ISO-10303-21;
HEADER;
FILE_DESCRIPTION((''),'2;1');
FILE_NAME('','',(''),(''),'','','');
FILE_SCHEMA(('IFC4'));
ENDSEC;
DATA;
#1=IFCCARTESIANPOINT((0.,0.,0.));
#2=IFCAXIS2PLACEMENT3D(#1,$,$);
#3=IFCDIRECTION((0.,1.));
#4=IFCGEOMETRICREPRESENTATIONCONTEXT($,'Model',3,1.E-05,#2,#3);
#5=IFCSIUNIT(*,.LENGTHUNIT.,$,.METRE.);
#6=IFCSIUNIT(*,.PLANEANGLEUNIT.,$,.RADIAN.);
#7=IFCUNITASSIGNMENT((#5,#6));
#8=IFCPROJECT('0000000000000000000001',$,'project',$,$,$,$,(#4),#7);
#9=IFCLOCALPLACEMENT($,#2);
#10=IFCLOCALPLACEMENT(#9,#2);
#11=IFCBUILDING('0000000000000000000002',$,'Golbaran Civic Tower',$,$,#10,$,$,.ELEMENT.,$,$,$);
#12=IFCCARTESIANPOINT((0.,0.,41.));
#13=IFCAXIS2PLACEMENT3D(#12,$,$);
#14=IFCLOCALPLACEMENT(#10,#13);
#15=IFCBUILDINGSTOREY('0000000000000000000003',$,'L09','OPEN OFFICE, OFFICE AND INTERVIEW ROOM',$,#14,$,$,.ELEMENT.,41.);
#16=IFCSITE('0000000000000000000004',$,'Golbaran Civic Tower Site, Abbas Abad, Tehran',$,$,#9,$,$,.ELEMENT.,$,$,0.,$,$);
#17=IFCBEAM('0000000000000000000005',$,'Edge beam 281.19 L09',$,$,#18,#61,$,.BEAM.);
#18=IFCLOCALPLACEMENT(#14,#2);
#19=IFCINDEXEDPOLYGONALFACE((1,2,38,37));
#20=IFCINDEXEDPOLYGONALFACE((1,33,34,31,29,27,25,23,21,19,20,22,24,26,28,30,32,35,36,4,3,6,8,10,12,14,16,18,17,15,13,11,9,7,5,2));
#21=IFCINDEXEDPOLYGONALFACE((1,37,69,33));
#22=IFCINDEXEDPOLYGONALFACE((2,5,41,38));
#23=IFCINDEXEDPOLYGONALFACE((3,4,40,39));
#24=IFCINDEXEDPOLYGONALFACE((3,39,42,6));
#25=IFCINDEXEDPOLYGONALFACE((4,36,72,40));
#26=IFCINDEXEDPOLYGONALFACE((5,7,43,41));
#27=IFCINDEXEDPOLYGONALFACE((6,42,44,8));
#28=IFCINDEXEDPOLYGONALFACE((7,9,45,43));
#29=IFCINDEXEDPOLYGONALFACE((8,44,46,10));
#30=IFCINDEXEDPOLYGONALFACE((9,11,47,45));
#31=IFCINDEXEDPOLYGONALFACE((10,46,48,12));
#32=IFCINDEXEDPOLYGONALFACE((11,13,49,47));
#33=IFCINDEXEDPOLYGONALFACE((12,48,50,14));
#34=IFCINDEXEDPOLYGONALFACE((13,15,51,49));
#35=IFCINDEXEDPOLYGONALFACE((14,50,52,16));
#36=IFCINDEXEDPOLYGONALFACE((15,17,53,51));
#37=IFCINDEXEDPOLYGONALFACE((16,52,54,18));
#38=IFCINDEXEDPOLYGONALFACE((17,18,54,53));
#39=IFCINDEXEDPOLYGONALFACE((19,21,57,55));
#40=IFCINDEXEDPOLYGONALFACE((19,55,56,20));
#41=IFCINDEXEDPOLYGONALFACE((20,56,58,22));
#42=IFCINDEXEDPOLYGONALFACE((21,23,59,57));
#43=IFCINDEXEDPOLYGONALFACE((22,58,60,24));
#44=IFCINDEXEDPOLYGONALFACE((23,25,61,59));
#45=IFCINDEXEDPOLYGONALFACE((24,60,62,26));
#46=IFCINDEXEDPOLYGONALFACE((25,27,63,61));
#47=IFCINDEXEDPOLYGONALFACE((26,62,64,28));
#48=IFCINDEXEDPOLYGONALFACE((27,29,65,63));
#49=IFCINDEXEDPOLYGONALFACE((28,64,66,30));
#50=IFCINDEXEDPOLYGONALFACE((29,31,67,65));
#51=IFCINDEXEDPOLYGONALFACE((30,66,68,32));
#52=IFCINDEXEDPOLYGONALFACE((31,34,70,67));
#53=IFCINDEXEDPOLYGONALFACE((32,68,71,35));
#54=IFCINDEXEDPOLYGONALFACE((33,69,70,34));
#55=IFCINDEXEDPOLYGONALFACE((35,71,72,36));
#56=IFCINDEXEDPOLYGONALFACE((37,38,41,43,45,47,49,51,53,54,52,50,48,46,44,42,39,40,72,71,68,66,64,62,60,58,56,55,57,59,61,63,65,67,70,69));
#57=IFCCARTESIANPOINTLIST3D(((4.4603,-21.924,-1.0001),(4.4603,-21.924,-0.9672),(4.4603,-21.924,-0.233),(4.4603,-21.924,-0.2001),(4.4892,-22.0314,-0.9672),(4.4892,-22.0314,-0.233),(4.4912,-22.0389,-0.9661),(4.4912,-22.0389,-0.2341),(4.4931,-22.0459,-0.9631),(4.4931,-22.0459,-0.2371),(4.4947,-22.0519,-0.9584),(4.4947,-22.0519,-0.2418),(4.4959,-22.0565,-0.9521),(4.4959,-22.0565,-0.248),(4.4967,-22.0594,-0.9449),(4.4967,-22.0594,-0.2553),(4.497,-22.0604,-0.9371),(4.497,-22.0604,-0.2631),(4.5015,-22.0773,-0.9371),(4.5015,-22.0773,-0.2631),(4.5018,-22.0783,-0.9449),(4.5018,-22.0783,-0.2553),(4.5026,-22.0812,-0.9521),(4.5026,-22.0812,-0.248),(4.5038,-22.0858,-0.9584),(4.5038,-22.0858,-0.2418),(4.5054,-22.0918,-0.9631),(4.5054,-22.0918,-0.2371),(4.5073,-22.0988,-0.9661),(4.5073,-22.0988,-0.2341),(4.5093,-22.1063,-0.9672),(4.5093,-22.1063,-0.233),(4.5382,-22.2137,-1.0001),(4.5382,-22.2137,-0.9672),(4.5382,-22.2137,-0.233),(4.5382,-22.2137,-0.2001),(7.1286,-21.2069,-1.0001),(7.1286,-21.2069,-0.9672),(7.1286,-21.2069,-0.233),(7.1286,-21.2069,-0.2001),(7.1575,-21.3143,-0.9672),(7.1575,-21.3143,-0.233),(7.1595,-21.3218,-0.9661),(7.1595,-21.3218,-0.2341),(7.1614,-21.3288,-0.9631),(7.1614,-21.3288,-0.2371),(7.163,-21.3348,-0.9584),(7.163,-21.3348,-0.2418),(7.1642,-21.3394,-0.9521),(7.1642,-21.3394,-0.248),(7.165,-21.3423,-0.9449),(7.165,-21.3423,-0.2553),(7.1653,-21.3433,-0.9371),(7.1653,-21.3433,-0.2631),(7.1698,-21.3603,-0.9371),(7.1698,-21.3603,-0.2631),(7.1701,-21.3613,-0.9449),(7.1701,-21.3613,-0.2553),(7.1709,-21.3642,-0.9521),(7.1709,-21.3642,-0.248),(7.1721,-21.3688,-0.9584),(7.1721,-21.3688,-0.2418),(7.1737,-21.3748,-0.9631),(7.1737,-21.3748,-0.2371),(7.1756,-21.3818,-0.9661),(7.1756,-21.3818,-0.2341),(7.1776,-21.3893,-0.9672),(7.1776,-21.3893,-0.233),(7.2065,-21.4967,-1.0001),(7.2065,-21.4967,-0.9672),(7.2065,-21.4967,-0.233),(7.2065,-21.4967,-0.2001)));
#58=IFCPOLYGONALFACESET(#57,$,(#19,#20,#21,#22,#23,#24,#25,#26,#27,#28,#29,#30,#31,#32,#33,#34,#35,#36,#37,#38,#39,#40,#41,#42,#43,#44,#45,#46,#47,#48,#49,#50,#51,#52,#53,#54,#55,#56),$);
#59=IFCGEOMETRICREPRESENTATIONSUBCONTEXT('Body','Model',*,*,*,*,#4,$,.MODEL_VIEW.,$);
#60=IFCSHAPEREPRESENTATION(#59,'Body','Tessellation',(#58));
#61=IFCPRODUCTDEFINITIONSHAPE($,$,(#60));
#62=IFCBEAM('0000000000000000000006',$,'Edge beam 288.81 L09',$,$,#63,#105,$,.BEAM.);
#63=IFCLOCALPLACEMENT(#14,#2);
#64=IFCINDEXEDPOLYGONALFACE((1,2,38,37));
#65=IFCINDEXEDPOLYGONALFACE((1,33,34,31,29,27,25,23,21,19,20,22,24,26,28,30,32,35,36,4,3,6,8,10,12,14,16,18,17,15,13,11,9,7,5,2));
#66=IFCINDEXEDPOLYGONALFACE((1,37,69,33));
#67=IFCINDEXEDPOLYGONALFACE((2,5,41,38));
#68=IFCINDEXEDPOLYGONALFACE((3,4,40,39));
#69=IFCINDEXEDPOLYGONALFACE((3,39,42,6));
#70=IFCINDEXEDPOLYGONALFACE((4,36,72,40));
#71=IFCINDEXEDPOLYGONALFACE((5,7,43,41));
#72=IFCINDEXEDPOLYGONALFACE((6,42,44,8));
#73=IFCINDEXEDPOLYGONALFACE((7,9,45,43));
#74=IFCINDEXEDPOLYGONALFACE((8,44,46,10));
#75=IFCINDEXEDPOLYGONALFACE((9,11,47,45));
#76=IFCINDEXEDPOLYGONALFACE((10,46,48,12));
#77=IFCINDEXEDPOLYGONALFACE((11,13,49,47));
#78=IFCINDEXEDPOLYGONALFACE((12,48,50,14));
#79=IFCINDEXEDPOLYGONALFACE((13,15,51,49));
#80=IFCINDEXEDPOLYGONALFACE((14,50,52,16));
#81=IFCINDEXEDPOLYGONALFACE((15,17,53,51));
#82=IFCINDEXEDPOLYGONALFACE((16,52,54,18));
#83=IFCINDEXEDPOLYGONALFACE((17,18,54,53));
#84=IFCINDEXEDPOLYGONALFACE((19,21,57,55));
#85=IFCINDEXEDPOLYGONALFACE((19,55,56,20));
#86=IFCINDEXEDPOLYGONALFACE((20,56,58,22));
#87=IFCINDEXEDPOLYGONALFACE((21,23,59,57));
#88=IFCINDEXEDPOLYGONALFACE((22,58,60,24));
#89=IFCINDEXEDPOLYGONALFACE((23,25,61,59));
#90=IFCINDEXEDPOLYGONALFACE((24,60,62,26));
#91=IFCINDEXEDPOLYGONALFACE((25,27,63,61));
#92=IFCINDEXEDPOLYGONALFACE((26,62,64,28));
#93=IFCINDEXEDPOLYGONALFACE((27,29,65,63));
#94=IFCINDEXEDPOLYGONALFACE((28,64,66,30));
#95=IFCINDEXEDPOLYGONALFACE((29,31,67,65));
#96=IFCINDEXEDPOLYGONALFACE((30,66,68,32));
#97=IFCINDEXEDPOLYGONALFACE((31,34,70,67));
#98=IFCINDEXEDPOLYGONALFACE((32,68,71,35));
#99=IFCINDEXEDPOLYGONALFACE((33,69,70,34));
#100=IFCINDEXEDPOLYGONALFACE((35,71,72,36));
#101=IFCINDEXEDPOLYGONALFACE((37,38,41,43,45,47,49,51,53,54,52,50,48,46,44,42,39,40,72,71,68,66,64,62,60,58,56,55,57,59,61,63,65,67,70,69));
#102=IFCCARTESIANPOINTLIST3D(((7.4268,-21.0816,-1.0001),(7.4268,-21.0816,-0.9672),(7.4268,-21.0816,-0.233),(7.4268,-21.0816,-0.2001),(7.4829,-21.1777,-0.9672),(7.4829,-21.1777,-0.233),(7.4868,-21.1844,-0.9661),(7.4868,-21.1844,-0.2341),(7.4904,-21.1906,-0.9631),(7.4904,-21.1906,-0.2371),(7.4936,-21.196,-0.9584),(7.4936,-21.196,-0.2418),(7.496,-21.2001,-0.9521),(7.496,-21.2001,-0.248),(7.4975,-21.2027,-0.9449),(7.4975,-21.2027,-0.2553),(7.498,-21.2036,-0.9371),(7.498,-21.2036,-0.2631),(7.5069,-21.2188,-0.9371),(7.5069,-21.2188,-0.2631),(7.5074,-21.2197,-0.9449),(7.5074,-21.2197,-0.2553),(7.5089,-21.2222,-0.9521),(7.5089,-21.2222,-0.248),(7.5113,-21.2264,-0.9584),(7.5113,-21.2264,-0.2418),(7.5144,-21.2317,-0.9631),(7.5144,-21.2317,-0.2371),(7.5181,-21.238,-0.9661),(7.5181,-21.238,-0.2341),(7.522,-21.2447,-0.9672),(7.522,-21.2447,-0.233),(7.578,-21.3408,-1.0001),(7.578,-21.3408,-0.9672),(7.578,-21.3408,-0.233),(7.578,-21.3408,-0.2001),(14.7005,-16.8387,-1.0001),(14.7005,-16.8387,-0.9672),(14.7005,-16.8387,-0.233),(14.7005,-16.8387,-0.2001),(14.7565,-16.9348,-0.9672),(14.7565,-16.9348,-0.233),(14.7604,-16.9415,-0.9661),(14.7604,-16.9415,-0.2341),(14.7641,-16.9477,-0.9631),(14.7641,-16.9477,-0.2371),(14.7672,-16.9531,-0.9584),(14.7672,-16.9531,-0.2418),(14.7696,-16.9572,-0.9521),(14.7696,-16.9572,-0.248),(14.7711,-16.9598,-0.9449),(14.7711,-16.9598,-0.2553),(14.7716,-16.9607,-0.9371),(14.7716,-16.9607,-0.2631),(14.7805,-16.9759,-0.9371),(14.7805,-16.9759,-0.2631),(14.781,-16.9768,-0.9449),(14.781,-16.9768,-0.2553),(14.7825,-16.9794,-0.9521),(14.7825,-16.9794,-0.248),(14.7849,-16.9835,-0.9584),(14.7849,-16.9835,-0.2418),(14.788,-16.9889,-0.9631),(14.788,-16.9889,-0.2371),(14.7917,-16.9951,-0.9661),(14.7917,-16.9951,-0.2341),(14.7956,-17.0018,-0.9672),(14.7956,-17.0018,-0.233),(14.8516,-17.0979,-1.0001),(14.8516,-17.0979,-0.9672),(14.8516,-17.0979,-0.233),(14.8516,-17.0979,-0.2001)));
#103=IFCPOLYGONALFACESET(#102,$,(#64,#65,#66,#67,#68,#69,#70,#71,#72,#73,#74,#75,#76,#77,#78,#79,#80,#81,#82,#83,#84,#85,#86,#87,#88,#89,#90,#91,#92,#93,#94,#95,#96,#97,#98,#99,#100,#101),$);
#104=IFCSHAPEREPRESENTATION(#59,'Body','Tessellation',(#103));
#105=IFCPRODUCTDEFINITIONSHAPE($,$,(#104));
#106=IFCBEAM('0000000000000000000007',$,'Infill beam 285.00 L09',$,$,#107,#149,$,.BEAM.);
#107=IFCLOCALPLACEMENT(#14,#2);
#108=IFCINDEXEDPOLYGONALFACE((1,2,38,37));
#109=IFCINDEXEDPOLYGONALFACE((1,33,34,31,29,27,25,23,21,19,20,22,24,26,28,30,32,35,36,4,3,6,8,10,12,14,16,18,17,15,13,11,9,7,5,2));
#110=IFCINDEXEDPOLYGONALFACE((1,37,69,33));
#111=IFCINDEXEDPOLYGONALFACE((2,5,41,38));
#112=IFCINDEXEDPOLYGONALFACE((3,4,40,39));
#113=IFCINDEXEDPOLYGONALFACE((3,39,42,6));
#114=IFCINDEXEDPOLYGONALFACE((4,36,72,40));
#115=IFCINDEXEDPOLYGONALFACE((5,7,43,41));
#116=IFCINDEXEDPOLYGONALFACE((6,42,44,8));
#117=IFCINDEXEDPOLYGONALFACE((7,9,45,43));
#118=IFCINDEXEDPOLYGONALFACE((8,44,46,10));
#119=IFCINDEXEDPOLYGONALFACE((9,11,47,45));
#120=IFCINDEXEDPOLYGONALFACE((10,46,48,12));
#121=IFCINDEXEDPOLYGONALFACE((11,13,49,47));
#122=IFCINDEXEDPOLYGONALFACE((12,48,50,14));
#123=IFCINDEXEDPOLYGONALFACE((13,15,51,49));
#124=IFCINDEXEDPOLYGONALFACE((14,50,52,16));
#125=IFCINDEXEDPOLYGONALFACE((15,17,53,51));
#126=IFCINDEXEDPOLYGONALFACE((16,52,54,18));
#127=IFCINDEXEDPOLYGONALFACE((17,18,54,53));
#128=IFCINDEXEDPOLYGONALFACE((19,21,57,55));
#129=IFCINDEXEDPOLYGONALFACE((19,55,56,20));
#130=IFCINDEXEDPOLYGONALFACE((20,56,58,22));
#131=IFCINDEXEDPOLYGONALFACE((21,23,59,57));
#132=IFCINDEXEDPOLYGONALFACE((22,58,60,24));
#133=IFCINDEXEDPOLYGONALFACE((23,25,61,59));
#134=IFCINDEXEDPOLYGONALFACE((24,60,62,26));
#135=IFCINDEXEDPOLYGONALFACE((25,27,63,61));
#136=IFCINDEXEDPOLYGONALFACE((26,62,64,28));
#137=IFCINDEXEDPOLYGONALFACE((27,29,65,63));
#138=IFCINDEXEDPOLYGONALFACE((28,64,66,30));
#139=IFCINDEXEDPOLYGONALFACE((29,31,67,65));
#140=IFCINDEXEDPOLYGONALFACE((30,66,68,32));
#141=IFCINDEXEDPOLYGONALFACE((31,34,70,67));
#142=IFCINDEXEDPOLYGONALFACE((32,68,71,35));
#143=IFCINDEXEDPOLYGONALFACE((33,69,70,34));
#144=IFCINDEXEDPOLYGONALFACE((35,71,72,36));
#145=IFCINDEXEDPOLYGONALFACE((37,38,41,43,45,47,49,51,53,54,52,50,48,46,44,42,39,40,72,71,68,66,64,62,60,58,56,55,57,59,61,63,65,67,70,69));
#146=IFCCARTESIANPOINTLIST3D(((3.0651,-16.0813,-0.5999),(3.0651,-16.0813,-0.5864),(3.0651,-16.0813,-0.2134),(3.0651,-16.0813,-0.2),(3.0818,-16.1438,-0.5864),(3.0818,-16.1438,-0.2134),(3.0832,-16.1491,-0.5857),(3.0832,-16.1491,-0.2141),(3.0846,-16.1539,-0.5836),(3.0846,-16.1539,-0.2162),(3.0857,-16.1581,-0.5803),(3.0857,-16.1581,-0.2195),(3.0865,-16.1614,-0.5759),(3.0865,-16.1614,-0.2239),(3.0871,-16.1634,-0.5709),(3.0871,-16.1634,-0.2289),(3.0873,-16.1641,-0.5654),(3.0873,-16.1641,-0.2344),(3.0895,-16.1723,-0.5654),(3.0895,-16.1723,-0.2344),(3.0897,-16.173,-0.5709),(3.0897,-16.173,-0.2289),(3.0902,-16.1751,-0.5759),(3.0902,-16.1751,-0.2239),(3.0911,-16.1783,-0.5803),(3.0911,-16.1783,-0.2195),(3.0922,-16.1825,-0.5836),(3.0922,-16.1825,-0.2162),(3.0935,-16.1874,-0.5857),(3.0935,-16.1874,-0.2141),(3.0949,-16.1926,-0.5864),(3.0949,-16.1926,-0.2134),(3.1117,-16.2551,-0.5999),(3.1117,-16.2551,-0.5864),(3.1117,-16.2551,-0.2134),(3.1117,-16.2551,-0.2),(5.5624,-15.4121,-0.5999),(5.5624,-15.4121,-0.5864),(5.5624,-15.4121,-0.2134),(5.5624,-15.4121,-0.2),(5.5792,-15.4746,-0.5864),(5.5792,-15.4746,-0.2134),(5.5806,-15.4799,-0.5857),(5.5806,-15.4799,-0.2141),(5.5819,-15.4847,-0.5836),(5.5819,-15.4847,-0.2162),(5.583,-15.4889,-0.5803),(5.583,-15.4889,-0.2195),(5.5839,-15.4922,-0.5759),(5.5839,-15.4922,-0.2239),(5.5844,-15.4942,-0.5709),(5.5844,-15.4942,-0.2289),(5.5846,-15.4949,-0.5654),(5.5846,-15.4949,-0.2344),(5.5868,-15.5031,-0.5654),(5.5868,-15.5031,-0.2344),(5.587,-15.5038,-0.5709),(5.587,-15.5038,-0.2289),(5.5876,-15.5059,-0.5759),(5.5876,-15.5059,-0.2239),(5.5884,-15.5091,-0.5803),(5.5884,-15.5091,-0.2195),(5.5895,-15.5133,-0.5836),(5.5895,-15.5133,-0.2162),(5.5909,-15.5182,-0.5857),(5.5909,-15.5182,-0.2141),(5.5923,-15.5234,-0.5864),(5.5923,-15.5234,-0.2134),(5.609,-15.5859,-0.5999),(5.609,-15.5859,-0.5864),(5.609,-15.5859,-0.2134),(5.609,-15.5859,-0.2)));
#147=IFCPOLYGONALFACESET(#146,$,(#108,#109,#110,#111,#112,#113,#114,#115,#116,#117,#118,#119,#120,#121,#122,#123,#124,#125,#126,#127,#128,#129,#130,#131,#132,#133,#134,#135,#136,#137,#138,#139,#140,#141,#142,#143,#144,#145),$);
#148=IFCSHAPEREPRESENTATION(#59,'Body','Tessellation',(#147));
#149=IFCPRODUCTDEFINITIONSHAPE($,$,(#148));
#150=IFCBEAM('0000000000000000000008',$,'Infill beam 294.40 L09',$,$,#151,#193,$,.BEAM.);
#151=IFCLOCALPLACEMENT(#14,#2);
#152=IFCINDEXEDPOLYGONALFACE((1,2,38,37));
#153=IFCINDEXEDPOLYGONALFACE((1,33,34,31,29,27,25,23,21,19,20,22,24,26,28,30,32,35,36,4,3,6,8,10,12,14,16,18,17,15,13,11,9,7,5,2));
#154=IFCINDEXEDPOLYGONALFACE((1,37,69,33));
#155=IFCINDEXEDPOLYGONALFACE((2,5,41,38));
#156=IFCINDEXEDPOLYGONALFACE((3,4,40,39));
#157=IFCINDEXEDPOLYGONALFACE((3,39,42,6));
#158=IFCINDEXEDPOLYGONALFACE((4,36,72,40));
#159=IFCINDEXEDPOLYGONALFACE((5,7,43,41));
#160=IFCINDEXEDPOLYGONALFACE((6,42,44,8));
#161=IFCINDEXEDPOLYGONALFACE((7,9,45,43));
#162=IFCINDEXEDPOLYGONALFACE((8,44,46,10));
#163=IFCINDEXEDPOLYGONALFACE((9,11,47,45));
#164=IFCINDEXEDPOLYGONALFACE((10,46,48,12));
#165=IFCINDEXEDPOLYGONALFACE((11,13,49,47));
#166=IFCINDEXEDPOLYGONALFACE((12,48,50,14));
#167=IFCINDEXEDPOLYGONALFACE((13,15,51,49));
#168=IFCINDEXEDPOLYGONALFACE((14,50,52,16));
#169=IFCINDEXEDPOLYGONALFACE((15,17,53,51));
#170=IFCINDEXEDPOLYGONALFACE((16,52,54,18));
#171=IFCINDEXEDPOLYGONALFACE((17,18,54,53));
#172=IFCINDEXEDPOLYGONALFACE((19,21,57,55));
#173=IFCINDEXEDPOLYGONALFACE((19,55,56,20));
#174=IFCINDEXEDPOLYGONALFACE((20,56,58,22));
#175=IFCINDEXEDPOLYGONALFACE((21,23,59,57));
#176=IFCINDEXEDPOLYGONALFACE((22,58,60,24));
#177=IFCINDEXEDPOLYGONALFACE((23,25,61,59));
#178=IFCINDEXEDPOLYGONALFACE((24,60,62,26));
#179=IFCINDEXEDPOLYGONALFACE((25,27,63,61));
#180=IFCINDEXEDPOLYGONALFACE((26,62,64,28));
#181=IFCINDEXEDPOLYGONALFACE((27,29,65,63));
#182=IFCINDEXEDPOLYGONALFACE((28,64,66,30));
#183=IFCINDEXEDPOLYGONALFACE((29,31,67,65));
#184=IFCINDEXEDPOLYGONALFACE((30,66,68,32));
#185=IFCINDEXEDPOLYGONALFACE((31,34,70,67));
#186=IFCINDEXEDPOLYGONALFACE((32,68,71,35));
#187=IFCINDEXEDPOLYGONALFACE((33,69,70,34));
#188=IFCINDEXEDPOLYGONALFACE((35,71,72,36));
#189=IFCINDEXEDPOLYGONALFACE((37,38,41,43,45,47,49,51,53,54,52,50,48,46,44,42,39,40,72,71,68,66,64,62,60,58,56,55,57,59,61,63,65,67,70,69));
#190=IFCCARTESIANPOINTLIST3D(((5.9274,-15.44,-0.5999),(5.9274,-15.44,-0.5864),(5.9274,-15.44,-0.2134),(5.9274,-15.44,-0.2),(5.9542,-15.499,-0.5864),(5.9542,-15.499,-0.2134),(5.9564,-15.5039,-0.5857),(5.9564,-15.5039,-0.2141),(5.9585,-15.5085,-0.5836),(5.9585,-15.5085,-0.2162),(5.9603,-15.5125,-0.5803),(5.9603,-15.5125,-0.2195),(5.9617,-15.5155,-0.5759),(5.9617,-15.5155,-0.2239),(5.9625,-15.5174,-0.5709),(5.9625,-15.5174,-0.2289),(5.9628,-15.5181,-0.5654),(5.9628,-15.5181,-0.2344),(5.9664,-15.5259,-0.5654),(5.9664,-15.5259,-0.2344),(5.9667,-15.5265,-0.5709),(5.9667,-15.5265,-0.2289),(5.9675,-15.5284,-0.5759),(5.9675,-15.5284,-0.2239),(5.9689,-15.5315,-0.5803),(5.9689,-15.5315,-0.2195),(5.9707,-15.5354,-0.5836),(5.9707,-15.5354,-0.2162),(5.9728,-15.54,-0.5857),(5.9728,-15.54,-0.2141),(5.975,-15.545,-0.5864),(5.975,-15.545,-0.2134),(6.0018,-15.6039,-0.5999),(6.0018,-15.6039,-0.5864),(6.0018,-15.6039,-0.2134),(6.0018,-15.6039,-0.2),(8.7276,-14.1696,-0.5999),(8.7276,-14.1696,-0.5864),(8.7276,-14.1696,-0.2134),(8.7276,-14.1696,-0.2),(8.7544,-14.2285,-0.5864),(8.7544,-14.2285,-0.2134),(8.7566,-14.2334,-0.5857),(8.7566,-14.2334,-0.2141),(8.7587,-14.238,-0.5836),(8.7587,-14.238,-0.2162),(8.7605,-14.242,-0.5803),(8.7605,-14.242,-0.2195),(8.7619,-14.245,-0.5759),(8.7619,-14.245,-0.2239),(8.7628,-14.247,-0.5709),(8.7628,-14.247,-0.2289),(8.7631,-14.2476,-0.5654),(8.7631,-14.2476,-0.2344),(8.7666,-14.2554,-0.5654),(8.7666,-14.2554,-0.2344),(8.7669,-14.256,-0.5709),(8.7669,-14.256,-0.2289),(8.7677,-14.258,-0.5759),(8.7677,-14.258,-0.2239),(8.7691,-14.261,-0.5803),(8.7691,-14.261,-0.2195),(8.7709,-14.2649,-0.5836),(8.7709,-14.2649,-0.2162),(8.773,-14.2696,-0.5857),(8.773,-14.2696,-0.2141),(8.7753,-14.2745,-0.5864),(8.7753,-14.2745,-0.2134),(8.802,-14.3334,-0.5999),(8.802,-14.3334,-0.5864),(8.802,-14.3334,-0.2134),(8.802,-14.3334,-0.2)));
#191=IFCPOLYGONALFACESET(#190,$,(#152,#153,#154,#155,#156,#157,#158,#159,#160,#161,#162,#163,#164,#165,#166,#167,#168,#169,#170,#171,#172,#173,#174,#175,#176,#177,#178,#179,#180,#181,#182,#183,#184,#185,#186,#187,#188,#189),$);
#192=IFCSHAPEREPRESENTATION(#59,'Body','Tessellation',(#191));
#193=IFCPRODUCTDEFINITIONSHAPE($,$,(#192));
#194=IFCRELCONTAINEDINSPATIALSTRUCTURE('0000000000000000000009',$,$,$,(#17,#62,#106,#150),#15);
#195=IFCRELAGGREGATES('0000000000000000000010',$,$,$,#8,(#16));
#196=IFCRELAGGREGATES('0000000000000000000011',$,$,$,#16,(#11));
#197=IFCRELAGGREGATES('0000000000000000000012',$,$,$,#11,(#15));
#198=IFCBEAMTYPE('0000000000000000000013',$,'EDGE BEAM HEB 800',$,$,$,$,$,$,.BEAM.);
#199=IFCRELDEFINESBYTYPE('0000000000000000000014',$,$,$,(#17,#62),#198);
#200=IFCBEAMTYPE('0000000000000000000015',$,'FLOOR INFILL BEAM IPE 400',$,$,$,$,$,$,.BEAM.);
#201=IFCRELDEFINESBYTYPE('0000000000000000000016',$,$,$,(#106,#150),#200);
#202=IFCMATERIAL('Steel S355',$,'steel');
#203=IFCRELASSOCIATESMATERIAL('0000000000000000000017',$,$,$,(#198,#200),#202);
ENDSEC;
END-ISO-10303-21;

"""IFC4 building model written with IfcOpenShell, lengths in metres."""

from ifc_helpers import new_model, si_unit, direction, frame, origin, origin_2d, place, context, subcontext, project, spatial, i_section, extrude, material, material_profile, profile_set, type_object, element, save


model = new_model("IFC4")

# Units and contexts
model_context = context("Model", 3, precision=1e-05, world=origin(), true_north=direction((0.0, 1.0)))
body_context = subcontext(model_context, "Body", "Model", "MODEL_VIEW")
ifc_project = project(units=[si_unit("LENGTHUNIT", "METRE"), si_unit("PLANEANGLEUNIT", "RADIAN")], contexts=[model_context])

# Site, building, storey
site_placement = place(None, origin())
site = spatial("IfcSite", under=ifc_project, at=site_placement, Name="Golbaran Civic Tower Site, Abbas Abad, Tehran", CompositionType="ELEMENT", RefElevation=0.0)
building_placement = place(site_placement, origin())
building = spatial("IfcBuilding", under=site, at=building_placement, Name="Golbaran Civic Tower", CompositionType="ELEMENT")
storey_placement = place(building_placement, frame((0.0, 0.0, 41.0)))
storey = spatial("IfcBuildingStorey", under=building, at=storey_placement, Name="L09", Description="OPEN OFFICE, OFFICE AND INTERVIEW ROOM", CompositionType="ELEMENT", Elevation=41.0)

# Beams
ifc_material_1 = material(Name="Steel S355", Category="steel")
ifc_material_profile_1 = material_profile(ifc_material_1, i_section(OverallWidth=0.3, OverallDepth=0.8, WebThickness=0.0176, FlangeThickness=0.033, FilletRadius=0.03, at=origin_2d()), Name="HEB 800")
ifc_profile_set_1 = profile_set([ifc_material_profile_1], Name="Steel S355")
beam_type_1 = type_object("IfcBeamType", Name="EDGE BEAM HEB 800", PredefinedType="BEAM", material=ifc_profile_set_1)
beam_1_placement = place(storey_placement, frame((4.4993, -22.0688, -0.6001), z_axis=(0.965736, 0.259527, 0.0), x_axis=(-0.259527, 0.965736, 0.0)))
element("IfcBeam", 1, at=beam_1_placement, inside=storey, type_object=beam_type_1, Name="Edge beam 281.19 L09", PredefinedType="BEAM", context=body_context, shape_type="SweptSolid", body=[
    extrude(i_section(OverallWidth=0.3, OverallDepth=0.8, WebThickness=0.0176, FlangeThickness=0.033, FilletRadius=0.03, at=origin_2d()), origin(), (0.0, 0.0, 1.0), 2.7629),
])
beam_2_placement = place(storey_placement, frame((7.5024, -21.2112, -0.6001), z_axis=(0.863782, 0.503866, 0.0), x_axis=(-0.503866, 0.863782, 0.0)))
element("IfcBeam", 2, at=beam_2_placement, inside=storey, type_object=beam_type_1, Name="Edge beam 288.81 L09", PredefinedType="BEAM", context=body_context, shape_type="SweptSolid", body=[
    extrude(i_section(OverallWidth=0.3, OverallDepth=0.8, WebThickness=0.0176, FlangeThickness=0.033, FilletRadius=0.03, at=origin_2d()), origin(), (0.0, 0.0, 1.0), 8.4207),
])
ifc_material_profile_2 = material_profile(ifc_material_1, i_section(OverallWidth=0.1799, OverallDepth=0.3999, WebThickness=0.0085, FlangeThickness=0.0134, FilletRadius=0.021, at=origin_2d()), Name="IPE 400")
ifc_profile_set_2 = profile_set([ifc_material_profile_2], Name="Steel S355")
beam_type_2 = type_object("IfcBeamType", Name="FLOOR INFILL BEAM IPE 400", PredefinedType="BEAM", material=ifc_profile_set_2)
beam_3_placement = place(storey_placement, frame((3.0884, -16.1682, -0.3999), z_axis=(0.965922, 0.258832, 0.0), x_axis=(-0.258832, 0.965922, 0.0)))
element("IfcBeam", 3, at=beam_3_placement, inside=storey, type_object=beam_type_2, Name="Infill beam 285.00 L09", PredefinedType="BEAM", context=body_context, shape_type="SweptSolid", body=[
    extrude(i_section(OverallWidth=0.1799, OverallDepth=0.3999, WebThickness=0.0085, FlangeThickness=0.0134, FilletRadius=0.021, at=origin_2d()), origin(), (0.0, 0.0, 1.0), 2.5854),
])
beam_4_placement = place(storey_placement, frame((5.9646, -15.522, -0.3999), z_axis=(0.910654, 0.413169, 0.0), x_axis=(-0.413169, 0.910654, 0.0)))
element("IfcBeam", 4, at=beam_4_placement, inside=storey, type_object=beam_type_2, Name="Infill beam 294.40 L09", PredefinedType="BEAM", context=body_context, shape_type="SweptSolid", body=[
    extrude(i_section(OverallWidth=0.1799, OverallDepth=0.3999, WebThickness=0.0085, FlangeThickness=0.0134, FilletRadius=0.021, at=origin_2d()), origin(), (0.0, 0.0, 1.0), 3.075),
])

save(model, "model.ifc")
